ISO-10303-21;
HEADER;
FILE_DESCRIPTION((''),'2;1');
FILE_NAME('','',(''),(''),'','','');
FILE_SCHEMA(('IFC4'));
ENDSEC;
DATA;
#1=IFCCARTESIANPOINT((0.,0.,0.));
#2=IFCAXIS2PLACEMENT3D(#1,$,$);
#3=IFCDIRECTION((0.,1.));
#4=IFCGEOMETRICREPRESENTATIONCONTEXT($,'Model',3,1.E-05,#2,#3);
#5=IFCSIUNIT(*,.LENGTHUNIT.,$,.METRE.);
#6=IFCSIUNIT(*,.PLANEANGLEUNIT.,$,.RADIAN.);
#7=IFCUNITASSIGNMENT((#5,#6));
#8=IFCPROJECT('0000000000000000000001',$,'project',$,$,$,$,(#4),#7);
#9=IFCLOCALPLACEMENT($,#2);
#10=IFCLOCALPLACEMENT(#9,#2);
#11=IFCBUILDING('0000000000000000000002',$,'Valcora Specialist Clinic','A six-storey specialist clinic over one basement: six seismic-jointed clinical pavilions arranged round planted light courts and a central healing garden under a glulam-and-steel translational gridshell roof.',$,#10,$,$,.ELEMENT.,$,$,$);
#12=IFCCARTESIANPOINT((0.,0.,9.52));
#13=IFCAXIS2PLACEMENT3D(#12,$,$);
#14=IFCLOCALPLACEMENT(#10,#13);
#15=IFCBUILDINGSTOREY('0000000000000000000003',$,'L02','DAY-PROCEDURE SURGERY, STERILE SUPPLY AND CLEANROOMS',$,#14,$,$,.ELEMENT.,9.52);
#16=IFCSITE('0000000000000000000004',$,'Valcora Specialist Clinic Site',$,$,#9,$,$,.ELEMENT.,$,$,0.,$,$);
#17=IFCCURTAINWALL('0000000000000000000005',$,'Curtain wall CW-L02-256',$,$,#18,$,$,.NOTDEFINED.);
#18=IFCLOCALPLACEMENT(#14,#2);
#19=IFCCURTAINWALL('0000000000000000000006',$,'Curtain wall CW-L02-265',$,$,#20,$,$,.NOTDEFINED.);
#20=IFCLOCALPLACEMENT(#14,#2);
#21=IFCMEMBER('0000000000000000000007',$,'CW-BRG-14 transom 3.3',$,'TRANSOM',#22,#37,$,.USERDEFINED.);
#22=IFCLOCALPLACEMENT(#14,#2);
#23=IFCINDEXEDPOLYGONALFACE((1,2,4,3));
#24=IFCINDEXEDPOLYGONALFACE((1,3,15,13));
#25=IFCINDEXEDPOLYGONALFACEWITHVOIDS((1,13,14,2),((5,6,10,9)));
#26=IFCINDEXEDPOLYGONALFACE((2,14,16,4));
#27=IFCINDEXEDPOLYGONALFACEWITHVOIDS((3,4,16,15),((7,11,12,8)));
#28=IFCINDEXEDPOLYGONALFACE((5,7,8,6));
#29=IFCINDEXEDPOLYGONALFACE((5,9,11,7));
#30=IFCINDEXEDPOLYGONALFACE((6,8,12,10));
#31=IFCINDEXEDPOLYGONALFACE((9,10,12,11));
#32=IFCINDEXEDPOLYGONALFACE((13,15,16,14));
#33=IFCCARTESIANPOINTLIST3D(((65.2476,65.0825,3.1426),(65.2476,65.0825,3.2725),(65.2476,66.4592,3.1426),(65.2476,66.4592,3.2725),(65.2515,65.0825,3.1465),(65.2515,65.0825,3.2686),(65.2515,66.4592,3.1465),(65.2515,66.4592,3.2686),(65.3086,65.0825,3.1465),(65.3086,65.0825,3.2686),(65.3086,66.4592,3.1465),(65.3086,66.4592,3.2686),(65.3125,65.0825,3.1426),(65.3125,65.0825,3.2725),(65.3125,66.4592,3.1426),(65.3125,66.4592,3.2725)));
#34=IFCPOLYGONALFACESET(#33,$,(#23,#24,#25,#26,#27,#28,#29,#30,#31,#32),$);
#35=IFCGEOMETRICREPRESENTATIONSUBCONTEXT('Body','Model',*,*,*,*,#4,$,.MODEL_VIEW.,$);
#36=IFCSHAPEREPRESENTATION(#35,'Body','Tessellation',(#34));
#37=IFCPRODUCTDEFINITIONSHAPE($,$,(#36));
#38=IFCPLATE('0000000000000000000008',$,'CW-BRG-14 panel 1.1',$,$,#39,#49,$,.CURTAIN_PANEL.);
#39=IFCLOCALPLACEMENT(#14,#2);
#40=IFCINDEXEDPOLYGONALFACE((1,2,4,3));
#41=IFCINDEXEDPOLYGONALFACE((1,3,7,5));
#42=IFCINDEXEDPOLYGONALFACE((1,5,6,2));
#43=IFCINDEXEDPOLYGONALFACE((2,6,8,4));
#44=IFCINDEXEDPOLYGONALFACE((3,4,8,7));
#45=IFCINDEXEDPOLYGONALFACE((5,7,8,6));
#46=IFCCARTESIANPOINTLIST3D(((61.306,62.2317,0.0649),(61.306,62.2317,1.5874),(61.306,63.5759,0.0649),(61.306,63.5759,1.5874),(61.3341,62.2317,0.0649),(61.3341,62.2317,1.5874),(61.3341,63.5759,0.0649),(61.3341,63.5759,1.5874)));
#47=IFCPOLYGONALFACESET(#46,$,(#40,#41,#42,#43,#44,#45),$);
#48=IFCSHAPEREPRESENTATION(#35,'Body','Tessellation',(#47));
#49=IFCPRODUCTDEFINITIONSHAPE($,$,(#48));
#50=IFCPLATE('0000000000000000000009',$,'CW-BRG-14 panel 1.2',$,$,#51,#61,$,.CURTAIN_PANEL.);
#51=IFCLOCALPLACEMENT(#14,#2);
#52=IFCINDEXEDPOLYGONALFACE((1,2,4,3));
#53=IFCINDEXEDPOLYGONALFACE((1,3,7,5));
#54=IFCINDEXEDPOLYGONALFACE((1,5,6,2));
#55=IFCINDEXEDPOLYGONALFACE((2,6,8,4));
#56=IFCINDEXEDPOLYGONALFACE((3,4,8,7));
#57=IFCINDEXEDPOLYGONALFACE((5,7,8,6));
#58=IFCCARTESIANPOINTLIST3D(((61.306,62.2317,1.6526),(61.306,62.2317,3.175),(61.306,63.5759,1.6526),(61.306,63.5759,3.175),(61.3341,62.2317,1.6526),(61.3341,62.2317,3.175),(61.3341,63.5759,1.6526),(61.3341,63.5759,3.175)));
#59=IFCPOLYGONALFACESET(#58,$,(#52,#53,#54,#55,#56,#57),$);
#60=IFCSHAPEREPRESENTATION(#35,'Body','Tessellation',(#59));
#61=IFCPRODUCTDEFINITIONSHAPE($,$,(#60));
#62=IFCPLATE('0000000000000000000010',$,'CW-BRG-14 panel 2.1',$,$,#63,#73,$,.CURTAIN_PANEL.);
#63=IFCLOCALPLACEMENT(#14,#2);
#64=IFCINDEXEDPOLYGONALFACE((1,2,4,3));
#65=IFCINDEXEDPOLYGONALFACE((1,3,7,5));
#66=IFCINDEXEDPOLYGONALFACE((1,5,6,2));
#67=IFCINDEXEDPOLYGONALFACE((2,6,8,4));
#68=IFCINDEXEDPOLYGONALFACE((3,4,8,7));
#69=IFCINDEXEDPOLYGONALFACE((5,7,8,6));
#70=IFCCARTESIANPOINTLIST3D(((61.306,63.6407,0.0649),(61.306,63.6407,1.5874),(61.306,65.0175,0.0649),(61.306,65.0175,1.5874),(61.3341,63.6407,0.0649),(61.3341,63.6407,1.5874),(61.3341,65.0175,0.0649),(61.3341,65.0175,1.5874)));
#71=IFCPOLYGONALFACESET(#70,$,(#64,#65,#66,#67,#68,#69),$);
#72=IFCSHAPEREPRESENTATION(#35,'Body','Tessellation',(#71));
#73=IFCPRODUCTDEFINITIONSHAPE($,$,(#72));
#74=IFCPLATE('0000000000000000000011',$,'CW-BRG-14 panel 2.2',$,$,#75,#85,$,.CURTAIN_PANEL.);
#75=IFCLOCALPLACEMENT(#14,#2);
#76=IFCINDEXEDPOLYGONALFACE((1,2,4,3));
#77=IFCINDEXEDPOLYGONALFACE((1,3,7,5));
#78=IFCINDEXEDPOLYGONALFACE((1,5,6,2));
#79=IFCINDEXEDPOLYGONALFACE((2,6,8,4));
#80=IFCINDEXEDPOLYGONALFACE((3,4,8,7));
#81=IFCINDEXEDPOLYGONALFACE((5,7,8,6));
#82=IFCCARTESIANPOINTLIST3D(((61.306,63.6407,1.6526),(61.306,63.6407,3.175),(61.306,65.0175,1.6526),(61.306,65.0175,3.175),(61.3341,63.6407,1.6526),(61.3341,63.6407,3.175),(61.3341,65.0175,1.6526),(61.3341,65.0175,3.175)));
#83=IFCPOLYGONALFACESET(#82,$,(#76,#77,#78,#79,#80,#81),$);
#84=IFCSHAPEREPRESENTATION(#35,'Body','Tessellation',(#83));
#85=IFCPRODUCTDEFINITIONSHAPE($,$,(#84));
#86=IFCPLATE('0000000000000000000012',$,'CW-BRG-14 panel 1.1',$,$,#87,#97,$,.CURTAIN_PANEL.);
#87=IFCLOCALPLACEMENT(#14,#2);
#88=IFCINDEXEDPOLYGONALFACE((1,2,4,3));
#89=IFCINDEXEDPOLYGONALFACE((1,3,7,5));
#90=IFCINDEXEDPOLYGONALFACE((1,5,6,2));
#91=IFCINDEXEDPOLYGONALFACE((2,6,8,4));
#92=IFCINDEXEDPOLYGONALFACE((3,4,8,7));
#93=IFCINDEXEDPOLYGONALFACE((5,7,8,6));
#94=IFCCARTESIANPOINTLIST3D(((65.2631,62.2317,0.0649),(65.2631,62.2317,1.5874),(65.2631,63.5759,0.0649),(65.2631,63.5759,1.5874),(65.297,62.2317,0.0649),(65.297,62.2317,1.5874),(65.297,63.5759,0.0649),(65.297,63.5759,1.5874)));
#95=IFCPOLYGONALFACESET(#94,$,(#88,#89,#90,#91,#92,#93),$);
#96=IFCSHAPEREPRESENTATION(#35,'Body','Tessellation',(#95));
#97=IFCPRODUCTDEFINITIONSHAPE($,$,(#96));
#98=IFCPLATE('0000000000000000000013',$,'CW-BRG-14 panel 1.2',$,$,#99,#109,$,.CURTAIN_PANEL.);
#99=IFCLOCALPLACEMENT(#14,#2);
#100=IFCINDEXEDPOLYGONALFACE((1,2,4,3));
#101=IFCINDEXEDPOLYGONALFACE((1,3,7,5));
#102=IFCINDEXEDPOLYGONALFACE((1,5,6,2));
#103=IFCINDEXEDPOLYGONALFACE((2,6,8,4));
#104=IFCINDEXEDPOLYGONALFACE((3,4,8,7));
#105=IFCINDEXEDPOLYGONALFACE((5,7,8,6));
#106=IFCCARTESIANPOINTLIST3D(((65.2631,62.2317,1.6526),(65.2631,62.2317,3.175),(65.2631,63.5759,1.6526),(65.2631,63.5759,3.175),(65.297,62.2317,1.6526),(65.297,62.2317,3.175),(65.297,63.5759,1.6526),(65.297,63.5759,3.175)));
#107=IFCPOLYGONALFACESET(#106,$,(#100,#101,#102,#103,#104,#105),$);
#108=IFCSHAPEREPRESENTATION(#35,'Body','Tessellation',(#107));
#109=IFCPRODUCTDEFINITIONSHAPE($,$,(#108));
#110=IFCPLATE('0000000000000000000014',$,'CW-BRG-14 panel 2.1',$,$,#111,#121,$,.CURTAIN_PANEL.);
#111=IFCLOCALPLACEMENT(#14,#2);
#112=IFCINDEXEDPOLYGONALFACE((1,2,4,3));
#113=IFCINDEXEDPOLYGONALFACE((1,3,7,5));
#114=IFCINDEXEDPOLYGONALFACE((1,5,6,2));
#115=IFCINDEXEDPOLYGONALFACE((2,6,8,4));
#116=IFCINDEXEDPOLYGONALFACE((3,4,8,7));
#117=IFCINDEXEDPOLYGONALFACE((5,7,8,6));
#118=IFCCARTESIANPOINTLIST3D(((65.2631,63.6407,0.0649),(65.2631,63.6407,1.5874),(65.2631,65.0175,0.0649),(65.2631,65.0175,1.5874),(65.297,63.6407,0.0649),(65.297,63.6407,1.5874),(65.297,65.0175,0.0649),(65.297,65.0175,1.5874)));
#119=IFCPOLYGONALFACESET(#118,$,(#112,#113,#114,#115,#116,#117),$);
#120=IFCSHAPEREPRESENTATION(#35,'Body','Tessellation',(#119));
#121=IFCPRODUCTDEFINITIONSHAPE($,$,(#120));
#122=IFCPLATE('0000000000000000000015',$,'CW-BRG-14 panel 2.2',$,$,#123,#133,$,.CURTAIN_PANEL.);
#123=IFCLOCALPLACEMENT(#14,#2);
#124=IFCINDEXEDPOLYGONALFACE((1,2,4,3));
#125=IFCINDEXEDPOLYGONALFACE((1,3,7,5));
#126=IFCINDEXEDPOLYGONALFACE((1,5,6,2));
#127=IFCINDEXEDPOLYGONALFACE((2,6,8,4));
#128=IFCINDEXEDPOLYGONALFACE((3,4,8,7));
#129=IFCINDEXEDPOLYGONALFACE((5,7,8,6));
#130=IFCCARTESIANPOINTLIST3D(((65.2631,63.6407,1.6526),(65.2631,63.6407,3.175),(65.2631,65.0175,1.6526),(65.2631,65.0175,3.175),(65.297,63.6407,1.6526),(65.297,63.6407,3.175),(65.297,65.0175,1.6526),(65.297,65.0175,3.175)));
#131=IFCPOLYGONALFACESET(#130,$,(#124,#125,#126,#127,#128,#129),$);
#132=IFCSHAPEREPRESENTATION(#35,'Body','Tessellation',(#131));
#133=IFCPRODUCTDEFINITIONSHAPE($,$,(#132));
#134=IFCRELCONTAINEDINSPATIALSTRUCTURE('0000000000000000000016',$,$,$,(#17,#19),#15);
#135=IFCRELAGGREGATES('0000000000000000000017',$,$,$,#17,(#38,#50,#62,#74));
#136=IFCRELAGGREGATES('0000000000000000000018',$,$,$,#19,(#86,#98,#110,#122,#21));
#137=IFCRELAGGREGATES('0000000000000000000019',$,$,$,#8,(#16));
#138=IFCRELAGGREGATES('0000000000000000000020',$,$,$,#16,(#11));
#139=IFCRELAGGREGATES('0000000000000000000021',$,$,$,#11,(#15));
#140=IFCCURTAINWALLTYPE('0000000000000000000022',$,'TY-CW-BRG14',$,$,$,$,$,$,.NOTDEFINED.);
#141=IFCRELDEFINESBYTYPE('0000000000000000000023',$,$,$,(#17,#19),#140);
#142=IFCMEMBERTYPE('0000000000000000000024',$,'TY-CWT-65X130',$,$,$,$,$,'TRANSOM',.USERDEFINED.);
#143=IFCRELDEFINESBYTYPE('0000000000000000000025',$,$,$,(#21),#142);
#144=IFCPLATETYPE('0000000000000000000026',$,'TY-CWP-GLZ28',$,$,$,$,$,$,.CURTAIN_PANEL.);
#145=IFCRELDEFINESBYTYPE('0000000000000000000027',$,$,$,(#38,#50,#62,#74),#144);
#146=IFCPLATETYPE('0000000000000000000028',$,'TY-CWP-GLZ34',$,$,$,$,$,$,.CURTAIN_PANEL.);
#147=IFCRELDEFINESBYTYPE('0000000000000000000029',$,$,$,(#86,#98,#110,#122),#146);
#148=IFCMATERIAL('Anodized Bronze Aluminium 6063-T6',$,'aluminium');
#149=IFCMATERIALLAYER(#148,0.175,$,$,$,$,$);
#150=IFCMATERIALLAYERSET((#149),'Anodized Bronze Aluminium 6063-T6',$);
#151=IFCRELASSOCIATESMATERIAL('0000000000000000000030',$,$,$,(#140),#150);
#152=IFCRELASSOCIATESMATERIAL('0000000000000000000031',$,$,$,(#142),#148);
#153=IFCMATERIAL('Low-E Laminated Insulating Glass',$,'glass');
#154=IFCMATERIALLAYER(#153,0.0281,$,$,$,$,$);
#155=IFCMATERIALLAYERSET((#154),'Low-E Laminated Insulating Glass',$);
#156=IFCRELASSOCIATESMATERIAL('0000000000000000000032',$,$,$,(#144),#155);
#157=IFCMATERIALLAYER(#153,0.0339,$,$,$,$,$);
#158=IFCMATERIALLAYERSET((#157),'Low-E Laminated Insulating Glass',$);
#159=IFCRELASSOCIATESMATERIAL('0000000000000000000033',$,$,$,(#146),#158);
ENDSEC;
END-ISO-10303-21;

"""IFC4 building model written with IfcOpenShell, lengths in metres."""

from ifc_helpers import new_model, si_unit, direction, frame, origin, origin_2d, place, context, subcontext, project, spatial, rectangle, hollow_rectangle, extrude, material, layer, layer_set, material_profile, profile_set, type_object, element, aggregate, save


model = new_model("IFC4")

# Units and contexts
model_context = context("Model", 3, precision=1e-05, world=origin(), true_north=direction((0.0, 1.0)))
body_context = subcontext(model_context, "Body", "Model", "MODEL_VIEW")
ifc_project = project(units=[si_unit("LENGTHUNIT", "METRE"), si_unit("PLANEANGLEUNIT", "RADIAN")], contexts=[model_context])

# Site, building, storey
site_placement = place(None, origin())
site = spatial("IfcSite", under=ifc_project, at=site_placement, Name="Valcora Specialist Clinic Site", CompositionType="ELEMENT", RefElevation=0.0)
building_placement = place(site_placement, origin())
building = spatial("IfcBuilding", under=site, at=building_placement, Name="Valcora Specialist Clinic", Description="A six-storey specialist clinic over one basement: six seismic-jointed clinical pavilions arranged round planted light courts and a central healing garden under a glulam-and-steel translational gridshell roof.", CompositionType="ELEMENT")
storey_placement = place(building_placement, frame((0.0, 0.0, 9.52)))
storey = spatial("IfcBuildingStorey", under=building, at=storey_placement, Name="L02", Description="DAY-PROCEDURE SURGERY, STERILE SUPPLY AND CLEANROOMS", CompositionType="ELEMENT", Elevation=9.52)

# Curtain walls
ifc_material_1 = material(Name="Anodized Bronze Aluminium 6063-T6", Category="aluminium")
ifc_layer_1 = layer(ifc_material_1, 0.175)
ifc_layer_set_1 = layer_set([ifc_layer_1], Name="Anodized Bronze Aluminium 6063-T6")
curtain_wall_type = type_object("IfcCurtainWallType", Name="TY-CW-BRG14", PredefinedType="NOTDEFINED", material=ifc_layer_set_1)
curtain_wall_1_placement = place(storey_placement, origin())
curtain_wall_1 = element("IfcCurtainWall", 1, at=curtain_wall_1_placement, inside=storey, type_object=curtain_wall_type, Name="Curtain wall CW-L02-256", PredefinedType="NOTDEFINED")
curtain_wall_2_placement = place(storey_placement, origin())
curtain_wall_2 = element("IfcCurtainWall", 2, at=curtain_wall_2_placement, inside=storey, type_object=curtain_wall_type, Name="Curtain wall CW-L02-265", PredefinedType="NOTDEFINED")

# Member
ifc_material_profile_1 = material_profile(ifc_material_1, hollow_rectangle(XDim=0.0649, YDim=0.1299, WallThickness=0.0039, at=origin_2d()), Name="AL-TRN-65X130")
ifc_profile_set_1 = profile_set([ifc_material_profile_1], Name="Anodized Bronze Aluminium 6063-T6")
member_type_1 = type_object("IfcMemberType", Name="TY-CWT-65X130", ElementType="TRANSOM", PredefinedType="USERDEFINED", material=ifc_profile_set_1)
member_1_placement = place(storey_placement, frame((65.28, 65.0825, 3.2075), z_axis=(0.0, 1.0, 0.0), x_axis=(-1.0, 0.0, 0.0)))
member_1 = element("IfcMember", 3, at=member_1_placement, type_object=member_type_1, Name="CW-BRG-14 transom 3.3", ObjectType="TRANSOM", PredefinedType="USERDEFINED", context=body_context, shape_type="SweptSolid", body=[
    extrude(hollow_rectangle(XDim=0.0649, YDim=0.1299, WallThickness=0.0039, at=origin_2d()), origin(), (0.0, 0.0, 1.0), 1.3767),
])

# Plates
ifc_material_2 = material(Name="Low-E Laminated Insulating Glass", Category="glass")
ifc_layer_2 = layer(ifc_material_2, 0.0281)
ifc_layer_set_2 = layer_set([ifc_layer_2], Name="Low-E Laminated Insulating Glass")
plate_type_1 = type_object("IfcPlateType", Name="TY-CWP-GLZ28", PredefinedType="CURTAIN_PANEL", material=ifc_layer_set_2)
plate_1_placement = place(storey_placement, frame((61.3201, 62.9038, 0.0649), z_axis=(0.0, 0.0, 1.0), x_axis=(0.0, 1.0, 0.0)))
plate_1 = element("IfcPlate", 4, at=plate_1_placement, type_object=plate_type_1, Name="CW-BRG-14 panel 1.1", PredefinedType="CURTAIN_PANEL", context=body_context, shape_type="SweptSolid", body=[
    extrude(rectangle(XDim=1.3442, YDim=0.0281, at=origin_2d()), origin(), (0.0, 0.0, 1.0), 1.5225),
])
plate_2_placement = place(storey_placement, frame((61.3201, 62.9038, 1.6526), z_axis=(0.0, 0.0, 1.0), x_axis=(0.0, 1.0, 0.0)))
plate_2 = element("IfcPlate", 5, at=plate_2_placement, type_object=plate_type_1, Name="CW-BRG-14 panel 1.2", PredefinedType="CURTAIN_PANEL", context=body_context, shape_type="SweptSolid", body=[
    extrude(rectangle(XDim=1.3442, YDim=0.0281, at=origin_2d()), origin(), (0.0, 0.0, 1.0), 1.5225),
])
plate_3_placement = place(storey_placement, frame((61.3201, 64.3291, 0.0649), z_axis=(0.0, 0.0, 1.0), x_axis=(0.0, 1.0, 0.0)))
plate_3 = element("IfcPlate", 6, at=plate_3_placement, type_object=plate_type_1, Name="CW-BRG-14 panel 2.1", PredefinedType="CURTAIN_PANEL", context=body_context, shape_type="SweptSolid", body=[
    extrude(rectangle(XDim=1.3767, YDim=0.0281, at=origin_2d()), origin(), (0.0, 0.0, 1.0), 1.5225),
])
plate_4_placement = place(storey_placement, frame((61.3201, 64.3291, 1.6526), z_axis=(0.0, 0.0, 1.0), x_axis=(0.0, 1.0, 0.0)))
plate_4 = element("IfcPlate", 7, at=plate_4_placement, type_object=plate_type_1, Name="CW-BRG-14 panel 2.2", PredefinedType="CURTAIN_PANEL", context=body_context, shape_type="SweptSolid", body=[
    extrude(rectangle(XDim=1.3767, YDim=0.0281, at=origin_2d()), origin(), (0.0, 0.0, 1.0), 1.5225),
])
aggregate(curtain_wall_1, [plate_1, plate_2, plate_3, plate_4])
ifc_layer_3 = layer(ifc_material_2, 0.0339)
ifc_layer_set_3 = layer_set([ifc_layer_3], Name="Low-E Laminated Insulating Glass")
plate_type_2 = type_object("IfcPlateType", Name="TY-CWP-GLZ34", PredefinedType="CURTAIN_PANEL", material=ifc_layer_set_3)
plate_5_placement = place(storey_placement, frame((65.28, 62.9038, 0.0649), z_axis=(0.0, 0.0, 1.0), x_axis=(0.0, 1.0, 0.0)))
plate_5 = element("IfcPlate", 8, at=plate_5_placement, type_object=plate_type_2, Name="CW-BRG-14 panel 1.1", PredefinedType="CURTAIN_PANEL", context=body_context, shape_type="SweptSolid", body=[
    extrude(rectangle(XDim=1.3442, YDim=0.0339, at=origin_2d()), origin(), (0.0, 0.0, 1.0), 1.5225),
])
plate_6_placement = place(storey_placement, frame((65.28, 62.9038, 1.6526), z_axis=(0.0, 0.0, 1.0), x_axis=(0.0, 1.0, 0.0)))
plate_6 = element("IfcPlate", 9, at=plate_6_placement, type_object=plate_type_2, Name="CW-BRG-14 panel 1.2", PredefinedType="CURTAIN_PANEL", context=body_context, shape_type="SweptSolid", body=[
    extrude(rectangle(XDim=1.3442, YDim=0.0339, at=origin_2d()), origin(), (0.0, 0.0, 1.0), 1.5225),
])
plate_7_placement = place(storey_placement, frame((65.28, 64.3291, 0.0649), z_axis=(0.0, 0.0, 1.0), x_axis=(0.0, 1.0, 0.0)))
plate_7 = element("IfcPlate", 10, at=plate_7_placement, type_object=plate_type_2, Name="CW-BRG-14 panel 2.1", PredefinedType="CURTAIN_PANEL", context=body_context, shape_type="SweptSolid", body=[
    extrude(rectangle(XDim=1.3767, YDim=0.0339, at=origin_2d()), origin(), (0.0, 0.0, 1.0), 1.5225),
])
plate_8_placement = place(storey_placement, frame((65.28, 64.3291, 1.6526), z_axis=(0.0, 0.0, 1.0), x_axis=(0.0, 1.0, 0.0)))
plate_8 = element("IfcPlate", 11, at=plate_8_placement, type_object=plate_type_2, Name="CW-BRG-14 panel 2.2", PredefinedType="CURTAIN_PANEL", context=body_context, shape_type="SweptSolid", body=[
    extrude(rectangle(XDim=1.3767, YDim=0.0339, at=origin_2d()), origin(), (0.0, 0.0, 1.0), 1.5225),
])
aggregate(curtain_wall_2, [plate_5, plate_6, plate_7, plate_8, member_1])

save(model, "model.ifc")
